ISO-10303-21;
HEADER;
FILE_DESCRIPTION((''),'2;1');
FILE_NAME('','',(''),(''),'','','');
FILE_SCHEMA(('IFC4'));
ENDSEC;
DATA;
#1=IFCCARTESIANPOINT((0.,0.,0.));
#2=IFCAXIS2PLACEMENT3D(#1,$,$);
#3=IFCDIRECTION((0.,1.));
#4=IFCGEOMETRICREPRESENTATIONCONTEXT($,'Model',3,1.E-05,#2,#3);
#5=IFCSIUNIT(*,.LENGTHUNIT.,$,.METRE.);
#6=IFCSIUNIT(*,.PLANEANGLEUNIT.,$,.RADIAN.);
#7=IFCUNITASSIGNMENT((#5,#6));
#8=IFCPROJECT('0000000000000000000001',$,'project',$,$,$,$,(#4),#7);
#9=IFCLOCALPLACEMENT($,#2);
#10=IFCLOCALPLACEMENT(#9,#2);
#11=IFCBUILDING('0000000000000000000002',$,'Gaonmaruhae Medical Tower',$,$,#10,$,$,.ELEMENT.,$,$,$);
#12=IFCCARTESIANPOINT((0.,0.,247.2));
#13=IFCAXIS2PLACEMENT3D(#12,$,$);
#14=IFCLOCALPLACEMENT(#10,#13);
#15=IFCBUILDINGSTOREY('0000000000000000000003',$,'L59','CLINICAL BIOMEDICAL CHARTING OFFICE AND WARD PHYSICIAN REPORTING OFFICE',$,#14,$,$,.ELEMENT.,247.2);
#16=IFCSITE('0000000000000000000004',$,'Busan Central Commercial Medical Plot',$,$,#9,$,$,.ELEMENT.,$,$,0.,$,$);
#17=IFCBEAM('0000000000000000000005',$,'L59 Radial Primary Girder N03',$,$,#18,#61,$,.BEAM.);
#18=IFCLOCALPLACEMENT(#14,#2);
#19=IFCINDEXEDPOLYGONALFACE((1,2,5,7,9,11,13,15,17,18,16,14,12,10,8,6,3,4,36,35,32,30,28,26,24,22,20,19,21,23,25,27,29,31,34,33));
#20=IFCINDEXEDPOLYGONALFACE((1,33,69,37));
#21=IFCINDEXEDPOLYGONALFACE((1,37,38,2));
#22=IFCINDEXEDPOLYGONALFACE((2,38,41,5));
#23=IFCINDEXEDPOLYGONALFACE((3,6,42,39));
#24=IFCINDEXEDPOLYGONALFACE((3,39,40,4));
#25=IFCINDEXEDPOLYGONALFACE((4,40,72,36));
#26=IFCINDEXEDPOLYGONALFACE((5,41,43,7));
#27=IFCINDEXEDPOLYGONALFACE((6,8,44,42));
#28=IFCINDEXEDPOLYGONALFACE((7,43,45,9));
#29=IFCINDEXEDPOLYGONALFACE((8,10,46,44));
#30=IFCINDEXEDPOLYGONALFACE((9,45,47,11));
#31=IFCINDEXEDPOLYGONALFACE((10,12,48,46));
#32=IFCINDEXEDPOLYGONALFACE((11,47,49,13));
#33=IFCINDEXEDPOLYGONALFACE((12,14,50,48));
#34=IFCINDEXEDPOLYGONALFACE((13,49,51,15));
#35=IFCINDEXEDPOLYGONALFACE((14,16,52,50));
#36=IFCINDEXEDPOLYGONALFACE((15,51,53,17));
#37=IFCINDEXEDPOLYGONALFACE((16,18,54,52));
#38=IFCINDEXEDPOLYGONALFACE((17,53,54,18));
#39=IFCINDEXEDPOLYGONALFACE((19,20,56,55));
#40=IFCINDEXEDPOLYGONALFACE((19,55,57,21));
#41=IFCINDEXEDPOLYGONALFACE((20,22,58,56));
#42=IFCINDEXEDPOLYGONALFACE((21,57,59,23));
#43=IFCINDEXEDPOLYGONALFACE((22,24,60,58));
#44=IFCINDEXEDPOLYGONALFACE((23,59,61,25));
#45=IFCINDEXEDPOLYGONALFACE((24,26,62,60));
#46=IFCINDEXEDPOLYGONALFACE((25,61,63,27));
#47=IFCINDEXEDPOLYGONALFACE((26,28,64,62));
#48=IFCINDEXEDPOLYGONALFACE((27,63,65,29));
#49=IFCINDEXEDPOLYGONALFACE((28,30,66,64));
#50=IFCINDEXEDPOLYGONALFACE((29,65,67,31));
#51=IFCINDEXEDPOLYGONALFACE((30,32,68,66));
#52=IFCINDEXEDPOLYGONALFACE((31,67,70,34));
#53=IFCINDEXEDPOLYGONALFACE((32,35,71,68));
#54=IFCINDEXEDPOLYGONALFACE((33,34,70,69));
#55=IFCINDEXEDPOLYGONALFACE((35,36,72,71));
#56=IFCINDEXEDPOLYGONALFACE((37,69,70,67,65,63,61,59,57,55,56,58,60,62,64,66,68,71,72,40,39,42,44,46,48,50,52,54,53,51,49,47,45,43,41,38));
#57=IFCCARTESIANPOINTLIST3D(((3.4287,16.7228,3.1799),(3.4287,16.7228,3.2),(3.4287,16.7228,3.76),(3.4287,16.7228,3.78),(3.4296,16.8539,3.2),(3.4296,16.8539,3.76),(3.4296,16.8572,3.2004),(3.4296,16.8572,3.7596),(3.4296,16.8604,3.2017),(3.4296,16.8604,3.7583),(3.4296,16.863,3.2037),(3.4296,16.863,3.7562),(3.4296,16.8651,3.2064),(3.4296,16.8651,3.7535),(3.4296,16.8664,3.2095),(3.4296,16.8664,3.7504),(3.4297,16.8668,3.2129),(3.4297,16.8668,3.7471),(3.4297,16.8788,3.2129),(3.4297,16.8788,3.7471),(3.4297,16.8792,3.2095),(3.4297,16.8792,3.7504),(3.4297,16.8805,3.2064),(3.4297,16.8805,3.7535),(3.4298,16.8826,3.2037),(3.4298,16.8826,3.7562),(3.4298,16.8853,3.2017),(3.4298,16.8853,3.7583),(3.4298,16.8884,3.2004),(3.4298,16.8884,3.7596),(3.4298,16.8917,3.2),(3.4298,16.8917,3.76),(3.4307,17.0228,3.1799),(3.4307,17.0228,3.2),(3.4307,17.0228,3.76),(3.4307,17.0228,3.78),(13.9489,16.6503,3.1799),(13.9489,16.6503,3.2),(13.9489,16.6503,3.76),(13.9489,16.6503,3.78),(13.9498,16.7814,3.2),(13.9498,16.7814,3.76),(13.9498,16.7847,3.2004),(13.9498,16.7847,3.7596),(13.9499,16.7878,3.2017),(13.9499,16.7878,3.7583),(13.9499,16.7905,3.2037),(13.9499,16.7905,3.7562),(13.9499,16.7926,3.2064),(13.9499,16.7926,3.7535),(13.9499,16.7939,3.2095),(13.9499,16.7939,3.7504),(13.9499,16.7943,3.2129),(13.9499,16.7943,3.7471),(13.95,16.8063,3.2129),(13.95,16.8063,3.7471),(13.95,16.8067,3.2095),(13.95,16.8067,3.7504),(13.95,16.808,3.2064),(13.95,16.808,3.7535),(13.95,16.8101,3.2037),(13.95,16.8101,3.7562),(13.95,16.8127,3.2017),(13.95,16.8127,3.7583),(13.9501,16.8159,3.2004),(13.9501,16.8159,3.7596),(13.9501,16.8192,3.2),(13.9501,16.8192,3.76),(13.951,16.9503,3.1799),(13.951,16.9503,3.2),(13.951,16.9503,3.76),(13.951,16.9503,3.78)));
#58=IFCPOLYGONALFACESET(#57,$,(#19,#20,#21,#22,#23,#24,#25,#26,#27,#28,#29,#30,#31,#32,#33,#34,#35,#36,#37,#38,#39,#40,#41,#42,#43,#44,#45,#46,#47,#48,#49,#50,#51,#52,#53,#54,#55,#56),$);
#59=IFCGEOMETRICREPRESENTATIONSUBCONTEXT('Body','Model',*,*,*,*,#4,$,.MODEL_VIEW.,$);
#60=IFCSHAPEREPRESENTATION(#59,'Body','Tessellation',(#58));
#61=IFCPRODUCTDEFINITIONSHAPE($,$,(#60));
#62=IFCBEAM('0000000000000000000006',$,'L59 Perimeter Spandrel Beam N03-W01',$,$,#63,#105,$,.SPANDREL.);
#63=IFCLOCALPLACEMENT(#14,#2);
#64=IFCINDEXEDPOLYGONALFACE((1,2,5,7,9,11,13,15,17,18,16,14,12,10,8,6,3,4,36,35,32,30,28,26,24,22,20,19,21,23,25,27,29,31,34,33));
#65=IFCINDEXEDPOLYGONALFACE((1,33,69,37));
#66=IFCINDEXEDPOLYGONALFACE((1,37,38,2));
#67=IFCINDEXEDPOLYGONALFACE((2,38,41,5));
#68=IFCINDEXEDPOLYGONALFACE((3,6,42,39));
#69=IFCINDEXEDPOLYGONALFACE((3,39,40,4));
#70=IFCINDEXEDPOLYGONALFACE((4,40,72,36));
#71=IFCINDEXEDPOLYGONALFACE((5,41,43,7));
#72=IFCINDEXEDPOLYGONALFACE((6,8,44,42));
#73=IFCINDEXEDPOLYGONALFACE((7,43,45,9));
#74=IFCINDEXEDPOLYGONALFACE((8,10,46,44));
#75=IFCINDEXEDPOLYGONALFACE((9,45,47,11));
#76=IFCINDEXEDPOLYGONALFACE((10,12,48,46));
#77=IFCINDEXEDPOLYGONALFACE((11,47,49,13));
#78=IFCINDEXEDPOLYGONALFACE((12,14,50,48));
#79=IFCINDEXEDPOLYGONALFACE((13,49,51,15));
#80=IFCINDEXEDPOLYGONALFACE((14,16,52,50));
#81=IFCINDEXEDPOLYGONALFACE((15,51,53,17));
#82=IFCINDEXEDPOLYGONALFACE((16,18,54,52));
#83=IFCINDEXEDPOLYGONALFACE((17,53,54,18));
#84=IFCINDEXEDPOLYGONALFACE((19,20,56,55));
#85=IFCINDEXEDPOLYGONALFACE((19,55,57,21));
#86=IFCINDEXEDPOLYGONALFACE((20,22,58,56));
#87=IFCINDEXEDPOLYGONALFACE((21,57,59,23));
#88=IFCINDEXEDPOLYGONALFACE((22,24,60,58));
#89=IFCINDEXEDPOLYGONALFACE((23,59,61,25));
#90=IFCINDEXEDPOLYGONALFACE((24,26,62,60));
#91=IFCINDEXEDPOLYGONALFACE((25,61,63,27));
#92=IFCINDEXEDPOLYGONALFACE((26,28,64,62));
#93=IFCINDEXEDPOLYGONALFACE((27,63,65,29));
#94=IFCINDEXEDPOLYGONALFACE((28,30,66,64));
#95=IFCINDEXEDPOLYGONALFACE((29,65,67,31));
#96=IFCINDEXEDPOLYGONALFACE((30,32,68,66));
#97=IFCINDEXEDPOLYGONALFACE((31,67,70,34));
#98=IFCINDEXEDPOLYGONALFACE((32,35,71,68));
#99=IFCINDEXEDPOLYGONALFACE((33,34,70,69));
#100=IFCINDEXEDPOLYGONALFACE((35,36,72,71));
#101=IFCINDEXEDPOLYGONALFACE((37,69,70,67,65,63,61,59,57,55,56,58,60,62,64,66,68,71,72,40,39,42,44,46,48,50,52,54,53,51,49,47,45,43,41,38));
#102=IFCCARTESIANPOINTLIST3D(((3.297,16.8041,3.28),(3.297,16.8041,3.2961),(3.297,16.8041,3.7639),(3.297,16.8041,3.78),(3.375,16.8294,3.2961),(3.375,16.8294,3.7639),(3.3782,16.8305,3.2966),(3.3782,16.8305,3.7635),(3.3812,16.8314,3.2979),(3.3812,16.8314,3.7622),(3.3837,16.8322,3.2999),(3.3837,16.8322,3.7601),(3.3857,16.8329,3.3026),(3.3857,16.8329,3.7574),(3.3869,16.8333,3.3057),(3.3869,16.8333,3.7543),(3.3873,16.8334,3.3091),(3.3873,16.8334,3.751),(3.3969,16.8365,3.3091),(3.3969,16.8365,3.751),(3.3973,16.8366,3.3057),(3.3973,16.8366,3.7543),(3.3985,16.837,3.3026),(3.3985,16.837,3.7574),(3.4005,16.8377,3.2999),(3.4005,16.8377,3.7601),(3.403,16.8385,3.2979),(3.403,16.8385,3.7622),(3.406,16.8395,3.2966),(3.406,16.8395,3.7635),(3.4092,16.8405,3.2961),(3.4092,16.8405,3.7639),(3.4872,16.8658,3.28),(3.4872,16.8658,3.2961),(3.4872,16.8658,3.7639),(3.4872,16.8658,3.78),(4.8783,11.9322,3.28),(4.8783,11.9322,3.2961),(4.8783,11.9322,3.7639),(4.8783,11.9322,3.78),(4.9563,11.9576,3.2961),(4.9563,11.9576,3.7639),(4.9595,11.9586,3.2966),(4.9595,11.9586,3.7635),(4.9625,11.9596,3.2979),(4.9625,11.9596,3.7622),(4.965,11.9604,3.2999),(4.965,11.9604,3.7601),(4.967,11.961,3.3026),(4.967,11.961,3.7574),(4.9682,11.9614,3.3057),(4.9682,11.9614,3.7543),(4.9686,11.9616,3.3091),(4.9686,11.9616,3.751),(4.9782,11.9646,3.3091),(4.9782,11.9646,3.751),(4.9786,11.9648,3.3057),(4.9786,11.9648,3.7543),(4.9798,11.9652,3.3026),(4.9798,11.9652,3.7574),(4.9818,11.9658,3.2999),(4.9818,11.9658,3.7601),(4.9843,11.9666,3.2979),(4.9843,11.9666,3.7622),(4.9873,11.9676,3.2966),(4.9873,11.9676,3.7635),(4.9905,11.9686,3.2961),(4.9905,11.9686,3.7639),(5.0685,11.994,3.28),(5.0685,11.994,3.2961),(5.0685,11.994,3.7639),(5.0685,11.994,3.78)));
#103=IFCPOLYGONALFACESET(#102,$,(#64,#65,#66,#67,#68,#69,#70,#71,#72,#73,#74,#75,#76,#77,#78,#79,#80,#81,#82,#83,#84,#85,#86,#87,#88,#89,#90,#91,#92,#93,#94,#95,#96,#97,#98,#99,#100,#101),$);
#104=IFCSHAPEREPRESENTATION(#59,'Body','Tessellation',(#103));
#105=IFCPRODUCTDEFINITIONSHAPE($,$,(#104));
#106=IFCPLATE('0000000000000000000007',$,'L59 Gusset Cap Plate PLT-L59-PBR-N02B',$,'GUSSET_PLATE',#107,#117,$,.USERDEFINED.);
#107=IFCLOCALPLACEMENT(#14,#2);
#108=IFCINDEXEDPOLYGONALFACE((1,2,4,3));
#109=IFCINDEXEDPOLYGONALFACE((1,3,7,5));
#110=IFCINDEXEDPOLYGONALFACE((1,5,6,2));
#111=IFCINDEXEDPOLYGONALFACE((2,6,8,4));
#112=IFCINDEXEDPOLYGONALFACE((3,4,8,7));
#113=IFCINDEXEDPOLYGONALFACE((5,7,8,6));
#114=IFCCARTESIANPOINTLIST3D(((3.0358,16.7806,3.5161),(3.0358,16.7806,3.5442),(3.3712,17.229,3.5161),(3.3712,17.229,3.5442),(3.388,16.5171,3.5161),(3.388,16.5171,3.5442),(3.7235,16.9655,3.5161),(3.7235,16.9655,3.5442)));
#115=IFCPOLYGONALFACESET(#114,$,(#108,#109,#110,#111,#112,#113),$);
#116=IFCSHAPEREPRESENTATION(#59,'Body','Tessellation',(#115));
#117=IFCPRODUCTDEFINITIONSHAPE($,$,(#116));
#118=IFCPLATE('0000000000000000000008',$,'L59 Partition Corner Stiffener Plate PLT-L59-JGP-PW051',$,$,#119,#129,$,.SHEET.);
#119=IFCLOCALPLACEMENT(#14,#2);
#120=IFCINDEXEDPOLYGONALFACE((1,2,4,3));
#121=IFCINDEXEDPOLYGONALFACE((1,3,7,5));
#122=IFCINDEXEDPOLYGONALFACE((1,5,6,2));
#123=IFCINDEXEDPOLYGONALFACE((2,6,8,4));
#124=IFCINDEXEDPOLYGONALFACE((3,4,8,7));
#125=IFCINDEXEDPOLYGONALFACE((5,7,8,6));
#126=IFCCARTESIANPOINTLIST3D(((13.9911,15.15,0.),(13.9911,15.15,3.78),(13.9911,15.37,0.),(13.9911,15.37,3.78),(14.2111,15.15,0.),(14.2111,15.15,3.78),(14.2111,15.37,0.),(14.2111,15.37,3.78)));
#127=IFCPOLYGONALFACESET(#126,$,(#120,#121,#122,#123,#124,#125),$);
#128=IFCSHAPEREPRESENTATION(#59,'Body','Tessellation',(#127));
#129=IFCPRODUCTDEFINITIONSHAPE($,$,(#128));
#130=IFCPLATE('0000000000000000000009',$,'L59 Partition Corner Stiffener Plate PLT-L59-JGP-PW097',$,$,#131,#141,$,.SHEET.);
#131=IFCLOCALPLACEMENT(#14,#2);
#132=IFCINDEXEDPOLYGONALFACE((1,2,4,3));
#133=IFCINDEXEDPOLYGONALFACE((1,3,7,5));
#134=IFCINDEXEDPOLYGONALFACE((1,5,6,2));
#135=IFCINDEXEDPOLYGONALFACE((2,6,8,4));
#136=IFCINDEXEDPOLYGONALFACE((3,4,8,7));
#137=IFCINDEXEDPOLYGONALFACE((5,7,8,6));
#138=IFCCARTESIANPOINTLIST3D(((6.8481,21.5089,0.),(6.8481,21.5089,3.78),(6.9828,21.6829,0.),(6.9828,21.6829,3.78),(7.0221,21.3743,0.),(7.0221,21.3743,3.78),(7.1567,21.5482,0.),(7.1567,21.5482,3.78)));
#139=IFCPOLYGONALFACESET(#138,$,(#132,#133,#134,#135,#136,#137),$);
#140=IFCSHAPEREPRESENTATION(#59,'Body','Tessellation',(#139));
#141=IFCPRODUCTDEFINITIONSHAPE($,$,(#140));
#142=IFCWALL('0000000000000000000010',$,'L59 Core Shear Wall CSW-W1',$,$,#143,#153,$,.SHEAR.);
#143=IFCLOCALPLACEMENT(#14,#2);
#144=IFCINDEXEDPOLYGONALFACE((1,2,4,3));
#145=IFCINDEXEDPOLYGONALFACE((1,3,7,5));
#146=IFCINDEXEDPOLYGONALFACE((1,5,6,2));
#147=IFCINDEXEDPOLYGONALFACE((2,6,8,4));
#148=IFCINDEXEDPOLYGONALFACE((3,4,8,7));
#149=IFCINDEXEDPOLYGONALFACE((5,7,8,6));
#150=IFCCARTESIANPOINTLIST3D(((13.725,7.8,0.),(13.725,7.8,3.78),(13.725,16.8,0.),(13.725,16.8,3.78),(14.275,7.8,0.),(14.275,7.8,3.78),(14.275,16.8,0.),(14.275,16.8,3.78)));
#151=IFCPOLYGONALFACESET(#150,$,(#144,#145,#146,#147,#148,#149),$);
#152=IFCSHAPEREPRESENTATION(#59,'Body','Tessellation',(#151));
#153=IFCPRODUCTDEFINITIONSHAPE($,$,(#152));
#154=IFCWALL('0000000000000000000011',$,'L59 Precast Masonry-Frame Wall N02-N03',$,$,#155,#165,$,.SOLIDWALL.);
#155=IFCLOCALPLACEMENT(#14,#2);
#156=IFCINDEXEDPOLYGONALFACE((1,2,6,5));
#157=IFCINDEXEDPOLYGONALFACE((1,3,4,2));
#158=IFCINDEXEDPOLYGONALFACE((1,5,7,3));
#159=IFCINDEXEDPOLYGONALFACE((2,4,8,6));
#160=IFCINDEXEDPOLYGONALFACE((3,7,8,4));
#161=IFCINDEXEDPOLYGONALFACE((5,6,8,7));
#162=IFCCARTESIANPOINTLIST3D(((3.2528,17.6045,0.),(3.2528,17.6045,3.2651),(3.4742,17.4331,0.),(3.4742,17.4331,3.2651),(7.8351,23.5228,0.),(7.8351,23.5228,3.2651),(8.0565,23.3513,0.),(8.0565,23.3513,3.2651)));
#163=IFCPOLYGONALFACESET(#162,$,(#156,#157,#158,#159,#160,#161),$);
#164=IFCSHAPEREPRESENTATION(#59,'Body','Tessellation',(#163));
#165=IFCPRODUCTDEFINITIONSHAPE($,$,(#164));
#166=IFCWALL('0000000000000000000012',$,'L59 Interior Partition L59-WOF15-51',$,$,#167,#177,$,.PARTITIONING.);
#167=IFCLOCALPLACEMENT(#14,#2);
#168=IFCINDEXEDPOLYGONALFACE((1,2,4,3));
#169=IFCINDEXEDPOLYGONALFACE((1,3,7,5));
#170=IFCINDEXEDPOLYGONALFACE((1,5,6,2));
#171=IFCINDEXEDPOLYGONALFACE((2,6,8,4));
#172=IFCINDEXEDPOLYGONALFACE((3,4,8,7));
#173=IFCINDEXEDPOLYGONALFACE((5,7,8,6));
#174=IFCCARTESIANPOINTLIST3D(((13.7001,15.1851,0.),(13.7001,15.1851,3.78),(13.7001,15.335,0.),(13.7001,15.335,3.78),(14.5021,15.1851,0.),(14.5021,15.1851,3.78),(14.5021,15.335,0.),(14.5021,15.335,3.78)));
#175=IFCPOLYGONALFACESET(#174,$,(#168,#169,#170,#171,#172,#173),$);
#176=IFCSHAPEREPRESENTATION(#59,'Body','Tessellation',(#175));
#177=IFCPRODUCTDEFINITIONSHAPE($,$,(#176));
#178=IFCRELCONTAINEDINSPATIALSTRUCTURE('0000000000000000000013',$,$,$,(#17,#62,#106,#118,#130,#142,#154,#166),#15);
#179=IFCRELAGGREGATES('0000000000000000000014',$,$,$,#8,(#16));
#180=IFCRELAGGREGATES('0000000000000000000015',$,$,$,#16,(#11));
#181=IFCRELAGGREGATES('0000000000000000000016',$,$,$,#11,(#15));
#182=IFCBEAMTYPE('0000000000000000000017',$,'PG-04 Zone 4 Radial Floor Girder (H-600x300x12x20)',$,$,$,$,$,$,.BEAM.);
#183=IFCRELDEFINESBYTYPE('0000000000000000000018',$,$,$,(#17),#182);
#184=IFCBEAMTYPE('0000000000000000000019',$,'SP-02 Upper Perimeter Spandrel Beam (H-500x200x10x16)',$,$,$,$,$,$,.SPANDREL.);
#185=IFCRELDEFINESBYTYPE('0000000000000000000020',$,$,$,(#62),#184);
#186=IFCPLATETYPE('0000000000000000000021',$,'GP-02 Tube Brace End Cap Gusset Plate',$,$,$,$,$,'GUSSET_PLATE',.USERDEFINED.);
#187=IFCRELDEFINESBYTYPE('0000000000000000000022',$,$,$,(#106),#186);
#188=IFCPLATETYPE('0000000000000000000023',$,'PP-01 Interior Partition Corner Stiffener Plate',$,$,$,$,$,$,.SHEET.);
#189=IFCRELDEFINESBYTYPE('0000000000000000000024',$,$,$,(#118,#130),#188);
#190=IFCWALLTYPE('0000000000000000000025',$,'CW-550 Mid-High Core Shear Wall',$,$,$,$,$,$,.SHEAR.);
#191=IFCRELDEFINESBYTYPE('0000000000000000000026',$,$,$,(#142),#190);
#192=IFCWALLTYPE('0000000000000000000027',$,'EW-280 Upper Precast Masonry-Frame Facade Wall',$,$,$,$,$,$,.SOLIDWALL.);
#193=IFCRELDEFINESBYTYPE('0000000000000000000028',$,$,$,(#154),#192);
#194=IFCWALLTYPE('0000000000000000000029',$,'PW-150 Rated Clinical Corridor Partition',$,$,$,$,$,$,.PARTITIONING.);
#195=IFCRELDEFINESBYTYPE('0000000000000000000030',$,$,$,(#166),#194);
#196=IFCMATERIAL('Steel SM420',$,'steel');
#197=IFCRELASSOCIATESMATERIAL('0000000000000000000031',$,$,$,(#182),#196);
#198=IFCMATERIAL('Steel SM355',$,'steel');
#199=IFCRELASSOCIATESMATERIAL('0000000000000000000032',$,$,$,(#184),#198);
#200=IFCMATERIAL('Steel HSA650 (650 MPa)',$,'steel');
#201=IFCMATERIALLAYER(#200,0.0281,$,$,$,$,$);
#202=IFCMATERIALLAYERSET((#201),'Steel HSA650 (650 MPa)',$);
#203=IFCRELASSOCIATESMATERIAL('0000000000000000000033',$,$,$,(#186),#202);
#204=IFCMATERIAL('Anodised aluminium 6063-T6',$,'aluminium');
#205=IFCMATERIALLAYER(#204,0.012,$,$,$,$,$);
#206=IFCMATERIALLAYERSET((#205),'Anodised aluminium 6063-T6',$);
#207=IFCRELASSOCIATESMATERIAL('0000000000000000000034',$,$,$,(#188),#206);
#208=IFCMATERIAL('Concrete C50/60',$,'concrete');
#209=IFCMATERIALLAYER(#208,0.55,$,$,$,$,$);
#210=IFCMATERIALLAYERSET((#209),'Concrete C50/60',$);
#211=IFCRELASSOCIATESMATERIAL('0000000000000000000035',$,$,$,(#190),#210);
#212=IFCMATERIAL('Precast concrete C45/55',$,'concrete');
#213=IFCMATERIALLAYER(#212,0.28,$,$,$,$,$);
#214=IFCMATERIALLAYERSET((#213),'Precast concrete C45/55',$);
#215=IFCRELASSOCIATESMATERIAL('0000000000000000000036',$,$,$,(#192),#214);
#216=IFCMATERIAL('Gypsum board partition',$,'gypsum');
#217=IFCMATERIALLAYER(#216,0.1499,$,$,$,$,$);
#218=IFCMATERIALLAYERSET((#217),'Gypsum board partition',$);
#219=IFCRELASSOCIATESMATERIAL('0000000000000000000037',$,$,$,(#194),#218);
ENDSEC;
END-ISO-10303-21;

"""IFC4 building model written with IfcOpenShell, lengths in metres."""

from ifc_helpers import new_model, si_unit, direction, frame, frame_2d, origin, origin_2d, place, context, subcontext, project, spatial, rectangle, i_section, extrude, material, layer, layer_set, material_profile, profile_set, type_object, element, save


model = new_model("IFC4")

# Units and contexts
model_context = context("Model", 3, precision=1e-05, world=origin(), true_north=direction((0.0, 1.0)))
body_context = subcontext(model_context, "Body", "Model", "MODEL_VIEW")
ifc_project = project(units=[si_unit("LENGTHUNIT", "METRE"), si_unit("PLANEANGLEUNIT", "RADIAN")], contexts=[model_context])

# Site, building, storey
site_placement = place(None, origin())
site = spatial("IfcSite", under=ifc_project, at=site_placement, Name="Busan Central Commercial Medical Plot", CompositionType="ELEMENT", RefElevation=0.0)
building_placement = place(site_placement, origin())
building = spatial("IfcBuilding", under=site, at=building_placement, Name="Gaonmaruhae Medical Tower", CompositionType="ELEMENT")
storey_placement = place(building_placement, frame((0.0, 0.0, 247.2)))
storey = spatial("IfcBuildingStorey", under=building, at=storey_placement, Name="L59", Description="CLINICAL BIOMEDICAL CHARTING OFFICE AND WARD PHYSICIAN REPORTING OFFICE", CompositionType="ELEMENT", Elevation=247.2)

# Shared definitions
ifc_material_1 = material(Name="Concrete C50/60", Category="concrete")

# Beams
ifc_material_2 = material(Name="Steel SM355", Category="steel")
ifc_material_3 = material(Name="Steel SM420", Category="steel")
ifc_material_profile_1 = material_profile(ifc_material_3, i_section(OverallWidth=0.3, OverallDepth=0.6001, WebThickness=0.012, FlangeThickness=0.02, FilletRadius=0.0129, at=origin_2d()), Name="H-600x300x12x20")
ifc_profile_set_1 = profile_set([ifc_material_profile_1], Name="Steel SM420")
beam_type_1 = type_object("IfcBeamType", Name="PG-04 Zone 4 Radial Floor Girder (H-600x300x12x20)", PredefinedType="BEAM", material=ifc_profile_set_1)
beam_1_placement = place(storey_placement, frame((13.95, 16.8003, 3.48), z_axis=(-0.999976, 0.006892, 0.0), x_axis=(-0.006892, -0.999976, 0.0)))
element("IfcBeam", 1, at=beam_1_placement, inside=storey, type_object=beam_type_1, Name="L59 Radial Primary Girder N03", PredefinedType="BEAM", context=body_context, shape_type="SweptSolid", body=[
    extrude(i_section(OverallWidth=0.3, OverallDepth=0.6001, WebThickness=0.012, FlangeThickness=0.02, FilletRadius=0.0129, at=origin_2d()), origin(), (0.0, 0.0, 1.0), 10.5205),
])
ifc_material_profile_2 = material_profile(ifc_material_2, i_section(OverallWidth=0.2, OverallDepth=0.5, WebThickness=0.01, FlangeThickness=0.0161, FilletRadius=0.0129, at=origin_2d()), Name="H-500x200x10x16")
ifc_profile_set_2 = profile_set([ifc_material_profile_2], Name="Steel SM355")
beam_type_2 = type_object("IfcBeamType", Name="SP-02 Upper Perimeter Spandrel Beam (H-500x200x10x16)", PredefinedType="SPANDREL", material=ifc_profile_set_2)
beam_2_placement = place(storey_placement, frame((3.3921, 16.835, 3.53), z_axis=(0.308725, -0.951151, 0.0), x_axis=(0.951151, 0.308725, 0.0)))
element("IfcBeam", 2, at=beam_2_placement, inside=storey, type_object=beam_type_2, Name="L59 Perimeter Spandrel Beam N03-W01", PredefinedType="SPANDREL", context=body_context, shape_type="SweptSolid", body=[
    extrude(i_section(OverallWidth=0.2, OverallDepth=0.5, WebThickness=0.01, FlangeThickness=0.0161, FilletRadius=0.0129, at=origin_2d()), origin(), (0.0, 0.0, 1.0), 5.1221),
])

# Plates
ifc_material_4 = material(Name="Steel HSA650 (650 MPa)", Category="steel")
ifc_layer_1 = layer(ifc_material_4, 0.0281)
ifc_layer_set_1 = layer_set([ifc_layer_1], Name="Steel HSA650 (650 MPa)")
plate_type_1 = type_object("IfcPlateType", Name="GP-02 Tube Brace End Cap Gusset Plate", ElementType="GUSSET_PLATE", PredefinedType="USERDEFINED", material=ifc_layer_set_1)
plate_placement = place(storey_placement, frame((3.3796, 16.873, 3.5161), z_axis=(0.0, 0.0, 1.0), x_axis=(0.599024, 0.800731, 0.0)))
element("IfcPlate", 3, at=plate_placement, inside=storey, type_object=plate_type_1, Name="L59 Gusset Cap Plate PLT-L59-PBR-N02B", ObjectType="GUSSET_PLATE", PredefinedType="USERDEFINED", context=body_context, shape_type="SweptSolid", body=[
    extrude(rectangle(XDim=0.5601, YDim=0.4399, at=origin_2d()), origin(), (0.0, 0.0, 1.0), 0.0281),
])
ifc_material_5 = material(Name="Anodised aluminium 6063-T6", Category="aluminium")
ifc_layer_2 = layer(ifc_material_5, 0.012)
ifc_layer_set_2 = layer_set([ifc_layer_2], Name="Anodised aluminium 6063-T6")
plate_type_2 = type_object("IfcPlateType", Name="PP-01 Interior Partition Corner Stiffener Plate", PredefinedType="SHEET", material=ifc_layer_set_2)
for number, where, z_axis, x_axis, name in (
    (4, (14.1011, 15.26, 0.0), (0.0, 0.0, 1.0), (-1.0, 0.0, 0.0), "L59 Partition Corner Stiffener Plate PLT-L59-JGP-PW051"),
    (5, (7.0024, 21.5286, 0.0), (0.0, 0.0, 1.0), (-0.790754, 0.612134, 0.0), "L59 Partition Corner Stiffener Plate PLT-L59-JGP-PW097"),
):
    element("IfcPlate", number, at=place(storey_placement, frame(where, z_axis=z_axis, x_axis=x_axis)), inside=storey, type_object=plate_type_2, Name=name, PredefinedType="SHEET", context=body_context, shape_type="SweptSolid", body=[
        extrude(rectangle(XDim=0.22, YDim=0.22, at=origin_2d()), origin(), (0.0, 0.0, 1.0), 3.78),
    ])

# Walls
ifc_layer_3 = layer(ifc_material_1, 0.55)
ifc_layer_set_3 = layer_set([ifc_layer_3], Name="Concrete C50/60")
wall_type_1 = type_object("IfcWallType", Name="CW-550 Mid-High Core Shear Wall", PredefinedType="SHEAR", material=ifc_layer_set_3)
wall_1_placement = place(storey_placement, frame((14.0, 16.8, 0.0), z_axis=(0.0, 0.0, 1.0), x_axis=(0.0, -1.0, 0.0)))
element("IfcWall", 6, at=wall_1_placement, inside=storey, type_object=wall_type_1, Name="L59 Core Shear Wall CSW-W1", PredefinedType="SHEAR", context=body_context, shape_type="SweptSolid", body=[
    extrude(rectangle(XDim=9.0, YDim=0.55, at=frame_2d((4.5, 0.0))), origin(), (0.0, 0.0, 1.0), 3.78),
])
ifc_material_6 = material(Name="Precast concrete C45/55", Category="concrete")
ifc_layer_4 = layer(ifc_material_6, 0.28)
ifc_layer_set_4 = layer_set([ifc_layer_4], Name="Precast concrete C45/55")
wall_type_2 = type_object("IfcWallType", Name="EW-280 Upper Precast Masonry-Frame Facade Wall", PredefinedType="SOLIDWALL", material=ifc_layer_set_4)
wall_2_placement = place(storey_placement, frame((3.3635, 17.5188, 0.0), z_axis=(0.0, 0.0, 1.0), x_axis=(0.612209, 0.790696, 0.0)))
element("IfcWall", 7, at=wall_2_placement, inside=storey, type_object=wall_type_2, Name="L59 Precast Masonry-Frame Wall N02-N03", PredefinedType="SOLIDWALL", context=body_context, shape_type="SweptSolid", body=[
    extrude(rectangle(XDim=7.4849, YDim=0.28, at=frame_2d((3.7424, 0.0))), origin(), (0.0, 0.0, 1.0), 3.2651),
])
ifc_material_7 = material(Name="Gypsum board partition", Category="gypsum")
ifc_layer_5 = layer(ifc_material_7, 0.1499)
ifc_layer_set_5 = layer_set([ifc_layer_5], Name="Gypsum board partition")
wall_type_3 = type_object("IfcWallType", Name="PW-150 Rated Clinical Corridor Partition", PredefinedType="PARTITIONING", material=ifc_layer_set_5)
wall_3_placement = place(storey_placement, frame((14.502, 15.26, 0.0), z_axis=(0.0, 0.0, 1.0), x_axis=(-1.0, 0.0, 0.0)))
element("IfcWall", 8, at=wall_3_placement, inside=storey, type_object=wall_type_3, Name="L59 Interior Partition L59-WOF15-51", PredefinedType="PARTITIONING", context=body_context, shape_type="SweptSolid", body=[
    extrude(rectangle(XDim=0.802, YDim=0.1499, at=frame_2d((0.4009, 0.0))), origin(), (0.0, 0.0, 1.0), 3.78),
])

save(model, "model.ifc")
